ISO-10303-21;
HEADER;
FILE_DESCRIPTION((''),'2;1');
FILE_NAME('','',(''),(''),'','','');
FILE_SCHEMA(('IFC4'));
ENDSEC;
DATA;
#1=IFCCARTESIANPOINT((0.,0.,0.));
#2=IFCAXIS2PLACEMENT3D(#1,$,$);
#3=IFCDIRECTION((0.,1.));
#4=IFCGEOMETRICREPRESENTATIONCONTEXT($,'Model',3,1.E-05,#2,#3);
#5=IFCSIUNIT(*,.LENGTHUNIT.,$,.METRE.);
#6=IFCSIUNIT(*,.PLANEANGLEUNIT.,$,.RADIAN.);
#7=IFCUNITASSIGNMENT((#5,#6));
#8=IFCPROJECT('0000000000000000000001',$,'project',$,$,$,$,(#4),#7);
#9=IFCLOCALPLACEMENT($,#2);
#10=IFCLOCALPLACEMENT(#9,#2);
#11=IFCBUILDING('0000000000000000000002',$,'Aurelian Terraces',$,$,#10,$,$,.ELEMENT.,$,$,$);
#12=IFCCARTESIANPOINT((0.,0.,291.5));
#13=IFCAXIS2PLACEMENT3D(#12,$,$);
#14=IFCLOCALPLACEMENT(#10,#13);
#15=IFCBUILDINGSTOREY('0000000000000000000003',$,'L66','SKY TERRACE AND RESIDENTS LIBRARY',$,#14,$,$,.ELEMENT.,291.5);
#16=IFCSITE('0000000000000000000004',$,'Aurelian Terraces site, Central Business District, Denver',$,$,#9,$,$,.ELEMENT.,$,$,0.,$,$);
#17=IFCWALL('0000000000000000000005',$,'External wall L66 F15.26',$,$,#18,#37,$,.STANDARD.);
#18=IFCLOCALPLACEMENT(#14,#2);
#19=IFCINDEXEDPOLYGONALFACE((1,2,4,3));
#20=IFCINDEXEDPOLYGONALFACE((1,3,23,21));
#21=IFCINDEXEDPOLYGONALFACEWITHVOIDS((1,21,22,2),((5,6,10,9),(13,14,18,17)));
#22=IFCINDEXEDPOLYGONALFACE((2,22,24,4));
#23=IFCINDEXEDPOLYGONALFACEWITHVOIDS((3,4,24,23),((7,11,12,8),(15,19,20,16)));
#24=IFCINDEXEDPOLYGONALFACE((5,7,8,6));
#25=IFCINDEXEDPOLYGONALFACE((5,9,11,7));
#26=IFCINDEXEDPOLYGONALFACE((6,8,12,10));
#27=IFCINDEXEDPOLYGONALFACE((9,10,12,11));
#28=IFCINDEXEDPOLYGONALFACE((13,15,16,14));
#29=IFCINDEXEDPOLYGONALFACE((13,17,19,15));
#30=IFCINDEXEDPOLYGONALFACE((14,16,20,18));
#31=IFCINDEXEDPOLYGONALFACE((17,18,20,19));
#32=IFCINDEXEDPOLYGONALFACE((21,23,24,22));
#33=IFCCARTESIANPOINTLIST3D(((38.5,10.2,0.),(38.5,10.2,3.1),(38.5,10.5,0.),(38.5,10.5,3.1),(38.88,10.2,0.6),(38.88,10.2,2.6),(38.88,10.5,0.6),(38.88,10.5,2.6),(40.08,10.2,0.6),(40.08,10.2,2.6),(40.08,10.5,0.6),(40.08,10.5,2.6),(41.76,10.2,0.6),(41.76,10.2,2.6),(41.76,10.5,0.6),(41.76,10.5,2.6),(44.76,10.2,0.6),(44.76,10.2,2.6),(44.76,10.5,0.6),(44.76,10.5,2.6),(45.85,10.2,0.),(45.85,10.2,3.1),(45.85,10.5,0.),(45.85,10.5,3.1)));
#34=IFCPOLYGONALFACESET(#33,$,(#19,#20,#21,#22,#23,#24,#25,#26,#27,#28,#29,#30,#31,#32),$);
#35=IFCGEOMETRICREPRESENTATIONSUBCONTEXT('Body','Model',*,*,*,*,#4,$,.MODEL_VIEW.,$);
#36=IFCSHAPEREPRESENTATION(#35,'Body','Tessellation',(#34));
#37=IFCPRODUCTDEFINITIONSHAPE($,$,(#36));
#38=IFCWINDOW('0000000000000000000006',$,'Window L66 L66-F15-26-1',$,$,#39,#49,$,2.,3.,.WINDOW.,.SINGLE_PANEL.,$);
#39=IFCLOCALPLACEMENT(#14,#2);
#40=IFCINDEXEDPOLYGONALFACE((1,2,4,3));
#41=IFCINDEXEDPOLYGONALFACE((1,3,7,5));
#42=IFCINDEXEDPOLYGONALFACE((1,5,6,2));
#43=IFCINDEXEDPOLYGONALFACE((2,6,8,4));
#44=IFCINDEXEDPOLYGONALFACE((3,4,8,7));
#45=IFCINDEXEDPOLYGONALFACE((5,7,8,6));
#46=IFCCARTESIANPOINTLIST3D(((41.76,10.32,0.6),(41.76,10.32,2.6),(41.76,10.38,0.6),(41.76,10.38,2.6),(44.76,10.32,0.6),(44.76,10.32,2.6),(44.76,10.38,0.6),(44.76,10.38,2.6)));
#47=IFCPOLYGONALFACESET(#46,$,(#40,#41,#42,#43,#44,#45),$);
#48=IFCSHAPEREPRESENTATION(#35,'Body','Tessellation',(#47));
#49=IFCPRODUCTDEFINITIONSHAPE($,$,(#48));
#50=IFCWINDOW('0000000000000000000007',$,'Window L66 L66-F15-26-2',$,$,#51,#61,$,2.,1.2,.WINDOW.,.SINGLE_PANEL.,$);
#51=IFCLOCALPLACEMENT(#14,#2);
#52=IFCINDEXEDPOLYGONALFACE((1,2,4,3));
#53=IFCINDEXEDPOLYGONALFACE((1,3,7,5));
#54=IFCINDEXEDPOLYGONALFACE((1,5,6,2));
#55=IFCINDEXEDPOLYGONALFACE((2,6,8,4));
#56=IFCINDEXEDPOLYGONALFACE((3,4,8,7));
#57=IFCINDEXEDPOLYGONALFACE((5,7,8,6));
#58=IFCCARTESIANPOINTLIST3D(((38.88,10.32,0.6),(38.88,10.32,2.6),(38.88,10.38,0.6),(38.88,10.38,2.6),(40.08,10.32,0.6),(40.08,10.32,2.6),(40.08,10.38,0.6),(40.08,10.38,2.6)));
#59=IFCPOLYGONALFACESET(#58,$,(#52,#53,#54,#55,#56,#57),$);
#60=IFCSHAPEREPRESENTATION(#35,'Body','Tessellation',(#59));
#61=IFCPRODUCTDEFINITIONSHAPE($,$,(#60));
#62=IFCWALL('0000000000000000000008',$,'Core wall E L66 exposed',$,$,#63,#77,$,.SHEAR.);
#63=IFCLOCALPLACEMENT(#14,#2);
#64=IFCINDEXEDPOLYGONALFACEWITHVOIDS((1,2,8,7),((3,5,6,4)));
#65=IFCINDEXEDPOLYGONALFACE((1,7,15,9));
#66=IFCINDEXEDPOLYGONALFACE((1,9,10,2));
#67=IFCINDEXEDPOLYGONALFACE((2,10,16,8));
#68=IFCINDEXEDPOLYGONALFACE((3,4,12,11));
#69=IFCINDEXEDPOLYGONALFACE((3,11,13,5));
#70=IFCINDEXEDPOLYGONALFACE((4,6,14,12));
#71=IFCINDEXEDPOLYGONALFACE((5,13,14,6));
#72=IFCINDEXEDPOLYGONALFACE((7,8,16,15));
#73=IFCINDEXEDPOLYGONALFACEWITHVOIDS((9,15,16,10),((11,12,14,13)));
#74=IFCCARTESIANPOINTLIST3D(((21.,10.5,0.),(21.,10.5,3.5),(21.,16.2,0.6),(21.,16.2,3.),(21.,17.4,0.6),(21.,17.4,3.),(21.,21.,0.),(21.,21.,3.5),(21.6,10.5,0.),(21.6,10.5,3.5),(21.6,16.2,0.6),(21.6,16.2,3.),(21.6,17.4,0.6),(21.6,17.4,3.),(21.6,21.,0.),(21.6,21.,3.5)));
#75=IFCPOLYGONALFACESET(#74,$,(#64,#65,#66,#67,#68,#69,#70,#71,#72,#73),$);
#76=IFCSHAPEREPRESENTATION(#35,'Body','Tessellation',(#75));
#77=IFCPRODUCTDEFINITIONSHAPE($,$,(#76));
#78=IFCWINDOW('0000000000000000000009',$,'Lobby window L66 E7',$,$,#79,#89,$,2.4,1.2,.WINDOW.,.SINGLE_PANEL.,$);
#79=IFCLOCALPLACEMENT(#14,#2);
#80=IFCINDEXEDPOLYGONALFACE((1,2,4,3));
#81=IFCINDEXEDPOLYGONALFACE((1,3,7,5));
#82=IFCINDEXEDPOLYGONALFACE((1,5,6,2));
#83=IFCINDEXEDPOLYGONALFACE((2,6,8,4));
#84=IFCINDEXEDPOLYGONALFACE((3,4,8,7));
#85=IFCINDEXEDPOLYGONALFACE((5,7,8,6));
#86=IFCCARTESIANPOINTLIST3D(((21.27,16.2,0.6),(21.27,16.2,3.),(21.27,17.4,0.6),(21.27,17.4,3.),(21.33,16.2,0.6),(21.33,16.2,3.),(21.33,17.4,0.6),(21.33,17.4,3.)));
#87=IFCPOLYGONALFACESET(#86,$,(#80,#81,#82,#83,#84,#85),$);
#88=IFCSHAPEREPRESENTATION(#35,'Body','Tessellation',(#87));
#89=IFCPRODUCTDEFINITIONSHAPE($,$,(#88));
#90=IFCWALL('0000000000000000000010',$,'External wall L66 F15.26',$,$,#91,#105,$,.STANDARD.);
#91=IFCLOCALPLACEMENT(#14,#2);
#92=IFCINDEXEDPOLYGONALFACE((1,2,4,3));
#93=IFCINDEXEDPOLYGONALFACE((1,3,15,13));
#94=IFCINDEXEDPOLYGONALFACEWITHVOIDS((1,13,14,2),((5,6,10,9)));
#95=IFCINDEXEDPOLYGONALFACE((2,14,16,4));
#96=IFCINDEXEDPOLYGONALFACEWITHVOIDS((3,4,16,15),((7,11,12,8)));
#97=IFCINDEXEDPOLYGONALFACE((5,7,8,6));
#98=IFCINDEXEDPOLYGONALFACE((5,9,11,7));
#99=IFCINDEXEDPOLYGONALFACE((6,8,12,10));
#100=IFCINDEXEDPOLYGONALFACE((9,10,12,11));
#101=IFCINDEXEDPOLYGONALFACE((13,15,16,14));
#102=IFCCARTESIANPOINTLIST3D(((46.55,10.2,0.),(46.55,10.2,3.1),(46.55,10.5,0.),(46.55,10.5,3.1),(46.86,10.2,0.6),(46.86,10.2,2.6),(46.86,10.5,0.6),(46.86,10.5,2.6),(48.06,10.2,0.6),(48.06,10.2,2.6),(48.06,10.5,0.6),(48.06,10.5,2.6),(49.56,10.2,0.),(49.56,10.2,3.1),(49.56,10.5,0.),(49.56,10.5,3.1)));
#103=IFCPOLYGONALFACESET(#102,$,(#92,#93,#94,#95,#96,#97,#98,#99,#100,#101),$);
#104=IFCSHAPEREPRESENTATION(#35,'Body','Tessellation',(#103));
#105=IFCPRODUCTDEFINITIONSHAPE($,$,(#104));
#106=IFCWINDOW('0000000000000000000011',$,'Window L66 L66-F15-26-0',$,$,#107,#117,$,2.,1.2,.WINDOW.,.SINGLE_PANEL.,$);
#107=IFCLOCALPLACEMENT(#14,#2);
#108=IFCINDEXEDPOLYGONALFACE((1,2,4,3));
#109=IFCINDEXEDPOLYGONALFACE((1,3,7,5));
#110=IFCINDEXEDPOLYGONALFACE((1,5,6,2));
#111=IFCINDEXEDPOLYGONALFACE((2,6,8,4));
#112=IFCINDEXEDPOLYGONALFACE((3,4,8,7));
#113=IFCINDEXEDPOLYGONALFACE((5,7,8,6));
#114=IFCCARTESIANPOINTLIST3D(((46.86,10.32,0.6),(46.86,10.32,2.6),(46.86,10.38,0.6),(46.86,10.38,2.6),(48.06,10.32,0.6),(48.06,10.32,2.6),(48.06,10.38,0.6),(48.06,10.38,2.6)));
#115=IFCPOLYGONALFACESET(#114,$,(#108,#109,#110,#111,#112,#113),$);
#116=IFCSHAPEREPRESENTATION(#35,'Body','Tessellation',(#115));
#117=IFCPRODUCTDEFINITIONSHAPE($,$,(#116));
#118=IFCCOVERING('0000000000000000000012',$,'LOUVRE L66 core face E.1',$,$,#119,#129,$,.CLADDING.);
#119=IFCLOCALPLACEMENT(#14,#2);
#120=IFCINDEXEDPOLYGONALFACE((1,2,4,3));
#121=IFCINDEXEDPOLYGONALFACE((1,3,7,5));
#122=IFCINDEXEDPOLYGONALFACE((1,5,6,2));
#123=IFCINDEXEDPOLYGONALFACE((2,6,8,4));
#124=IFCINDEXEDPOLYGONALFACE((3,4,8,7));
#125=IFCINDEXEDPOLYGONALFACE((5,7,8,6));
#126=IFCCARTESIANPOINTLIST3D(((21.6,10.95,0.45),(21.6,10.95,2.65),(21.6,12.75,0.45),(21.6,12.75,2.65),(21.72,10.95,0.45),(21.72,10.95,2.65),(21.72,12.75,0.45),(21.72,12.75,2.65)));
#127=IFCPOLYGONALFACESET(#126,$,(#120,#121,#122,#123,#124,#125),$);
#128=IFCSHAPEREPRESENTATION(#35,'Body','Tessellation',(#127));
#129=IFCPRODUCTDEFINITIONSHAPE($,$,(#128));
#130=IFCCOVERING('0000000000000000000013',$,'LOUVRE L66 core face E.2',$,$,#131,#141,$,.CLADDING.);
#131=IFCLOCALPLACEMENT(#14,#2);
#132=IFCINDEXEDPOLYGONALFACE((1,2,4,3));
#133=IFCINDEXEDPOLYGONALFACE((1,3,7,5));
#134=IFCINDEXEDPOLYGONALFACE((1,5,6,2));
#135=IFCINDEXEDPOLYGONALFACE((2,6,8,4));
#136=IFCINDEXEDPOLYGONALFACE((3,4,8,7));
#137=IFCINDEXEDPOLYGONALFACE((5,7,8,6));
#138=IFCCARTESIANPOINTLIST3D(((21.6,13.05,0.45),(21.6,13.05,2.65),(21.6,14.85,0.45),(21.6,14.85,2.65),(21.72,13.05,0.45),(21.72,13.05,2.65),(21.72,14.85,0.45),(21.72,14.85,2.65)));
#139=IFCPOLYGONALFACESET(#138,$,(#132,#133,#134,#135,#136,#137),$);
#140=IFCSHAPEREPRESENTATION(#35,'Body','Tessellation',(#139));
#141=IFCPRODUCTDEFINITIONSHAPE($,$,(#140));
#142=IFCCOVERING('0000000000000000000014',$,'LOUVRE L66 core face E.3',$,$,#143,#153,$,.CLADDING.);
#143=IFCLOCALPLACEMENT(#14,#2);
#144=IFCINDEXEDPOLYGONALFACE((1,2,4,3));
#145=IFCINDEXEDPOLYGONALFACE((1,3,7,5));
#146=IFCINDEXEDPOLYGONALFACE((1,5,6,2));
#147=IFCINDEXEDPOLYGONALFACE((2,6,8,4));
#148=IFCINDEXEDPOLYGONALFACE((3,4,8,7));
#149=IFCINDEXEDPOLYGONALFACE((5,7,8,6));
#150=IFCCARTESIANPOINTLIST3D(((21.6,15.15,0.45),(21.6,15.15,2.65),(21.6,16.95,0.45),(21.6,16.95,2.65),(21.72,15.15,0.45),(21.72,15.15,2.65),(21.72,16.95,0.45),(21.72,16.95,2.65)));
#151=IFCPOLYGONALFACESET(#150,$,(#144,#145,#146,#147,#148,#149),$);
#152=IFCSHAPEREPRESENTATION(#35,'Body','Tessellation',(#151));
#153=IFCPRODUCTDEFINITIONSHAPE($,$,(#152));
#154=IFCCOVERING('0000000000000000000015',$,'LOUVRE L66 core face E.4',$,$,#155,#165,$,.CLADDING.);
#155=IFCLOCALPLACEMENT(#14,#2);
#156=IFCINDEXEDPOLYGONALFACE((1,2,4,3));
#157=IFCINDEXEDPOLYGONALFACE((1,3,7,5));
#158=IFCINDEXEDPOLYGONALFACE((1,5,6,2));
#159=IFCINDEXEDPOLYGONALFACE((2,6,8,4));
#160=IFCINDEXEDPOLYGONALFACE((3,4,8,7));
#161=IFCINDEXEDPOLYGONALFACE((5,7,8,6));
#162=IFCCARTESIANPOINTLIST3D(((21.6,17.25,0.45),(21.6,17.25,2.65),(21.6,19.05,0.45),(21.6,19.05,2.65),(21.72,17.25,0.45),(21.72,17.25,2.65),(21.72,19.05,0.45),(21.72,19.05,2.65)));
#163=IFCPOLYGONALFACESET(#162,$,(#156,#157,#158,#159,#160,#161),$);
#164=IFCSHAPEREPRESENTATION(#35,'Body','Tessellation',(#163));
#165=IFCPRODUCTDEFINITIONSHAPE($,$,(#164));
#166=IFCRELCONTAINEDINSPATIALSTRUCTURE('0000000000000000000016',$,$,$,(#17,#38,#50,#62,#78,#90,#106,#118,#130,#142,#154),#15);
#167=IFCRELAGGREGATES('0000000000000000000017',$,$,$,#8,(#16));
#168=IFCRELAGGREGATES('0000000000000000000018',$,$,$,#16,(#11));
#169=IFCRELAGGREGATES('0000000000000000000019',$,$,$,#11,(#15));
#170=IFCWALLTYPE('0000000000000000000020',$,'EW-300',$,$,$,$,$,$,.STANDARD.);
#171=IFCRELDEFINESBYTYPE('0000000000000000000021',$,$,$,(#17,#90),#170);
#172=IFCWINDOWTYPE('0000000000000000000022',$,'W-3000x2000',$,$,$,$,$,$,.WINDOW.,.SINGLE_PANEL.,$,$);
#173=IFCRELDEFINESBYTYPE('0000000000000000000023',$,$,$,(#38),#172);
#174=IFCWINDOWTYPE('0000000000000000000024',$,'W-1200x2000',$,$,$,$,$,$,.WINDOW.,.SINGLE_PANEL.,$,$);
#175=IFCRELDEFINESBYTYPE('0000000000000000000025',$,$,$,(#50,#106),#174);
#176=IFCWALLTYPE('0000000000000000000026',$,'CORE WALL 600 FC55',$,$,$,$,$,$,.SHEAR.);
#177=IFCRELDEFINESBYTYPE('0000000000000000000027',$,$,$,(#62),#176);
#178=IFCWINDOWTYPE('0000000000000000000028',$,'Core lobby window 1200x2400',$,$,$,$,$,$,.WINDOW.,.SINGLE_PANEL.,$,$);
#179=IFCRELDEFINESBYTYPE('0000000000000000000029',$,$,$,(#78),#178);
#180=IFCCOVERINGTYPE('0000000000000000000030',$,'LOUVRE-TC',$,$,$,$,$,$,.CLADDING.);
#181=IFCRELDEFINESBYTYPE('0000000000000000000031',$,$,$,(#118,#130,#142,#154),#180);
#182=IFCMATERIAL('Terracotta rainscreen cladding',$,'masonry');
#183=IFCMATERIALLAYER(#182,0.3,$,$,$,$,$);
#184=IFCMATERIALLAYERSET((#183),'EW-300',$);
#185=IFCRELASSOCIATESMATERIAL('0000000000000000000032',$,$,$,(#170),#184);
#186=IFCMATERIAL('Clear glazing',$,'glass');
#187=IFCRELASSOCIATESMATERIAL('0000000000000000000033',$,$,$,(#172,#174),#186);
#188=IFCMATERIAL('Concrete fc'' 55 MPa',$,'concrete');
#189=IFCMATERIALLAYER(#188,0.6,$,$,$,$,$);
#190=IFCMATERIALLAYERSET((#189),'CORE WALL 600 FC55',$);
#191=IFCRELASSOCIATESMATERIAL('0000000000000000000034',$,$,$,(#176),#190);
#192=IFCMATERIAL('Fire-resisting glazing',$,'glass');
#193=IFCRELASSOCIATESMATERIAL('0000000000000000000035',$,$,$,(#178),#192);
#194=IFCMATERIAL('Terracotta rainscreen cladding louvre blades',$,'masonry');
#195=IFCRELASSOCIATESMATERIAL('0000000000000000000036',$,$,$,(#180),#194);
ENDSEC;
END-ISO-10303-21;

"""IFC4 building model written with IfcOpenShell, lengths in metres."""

from ifc_helpers import new_model, si_unit, direction, frame, frame_2d, origin, origin_2d, place, context, subcontext, project, spatial, rectangle, extrude, source, transform, mapped, material, layer, layer_set, type_object, element, fill, save


model = new_model("IFC4")

# Units and contexts
model_context = context("Model", 3, precision=1e-05, world=origin(), true_north=direction((0.0, 1.0)))
body_context = subcontext(model_context, "Body", "Model", "MODEL_VIEW")
ifc_project = project(units=[si_unit("LENGTHUNIT", "METRE"), si_unit("PLANEANGLEUNIT", "RADIAN")], contexts=[model_context])

# Site, building, storey
site_placement = place(None, origin())
site = spatial("IfcSite", under=ifc_project, at=site_placement, Name="Aurelian Terraces site, Central Business District, Denver", CompositionType="ELEMENT", RefElevation=0.0)
building_placement = place(site_placement, origin())
building = spatial("IfcBuilding", under=site, at=building_placement, Name="Aurelian Terraces", CompositionType="ELEMENT")
storey_placement = place(building_placement, frame((0.0, 0.0, 291.5)))
storey = spatial("IfcBuildingStorey", under=building, at=storey_placement, Name="L66", Description="SKY TERRACE AND RESIDENTS LIBRARY", CompositionType="ELEMENT", Elevation=291.5)

# Wall, openings, windows
ifc_material_1 = material(Name="Terracotta rainscreen cladding", Category="masonry")
ifc_layer_1 = layer(ifc_material_1, 0.3)
ifc_layer_set_1 = layer_set([ifc_layer_1], Name="EW-300")
wall_type_1 = type_object("IfcWallType", Name="EW-300", PredefinedType="STANDARD", material=ifc_layer_set_1)
wall_1_placement = place(storey_placement, frame((45.85, 10.35, 0.0), z_axis=(0.0, 0.0, 1.0), x_axis=(-1.0, 0.0, 0.0)))
wall_1 = element("IfcWall", 1, at=wall_1_placement, inside=storey, type_object=wall_type_1, Name="External wall L66 F15.26", PredefinedType="STANDARD", context=body_context, shape_type="SweptSolid", body=[
    extrude(rectangle(XDim=7.35, YDim=0.3, at=frame_2d((3.675, 0.0))), origin(), (0.0, 0.0, 1.0), 3.1),
])
shared_shape_1 = source(origin(), body_context, "Body", "SweptSolid", [
    extrude(rectangle(XDim=3.0, YDim=2.0, at=frame_2d((1.5, 1.0))), frame((0.0, 0.16, 0.0), z_axis=(0.0, -1.0, 0.0), x_axis=(1.0, 0.0, 0.0)), (0.0, 0.0, 1.0), 0.32),
])
opening_1_placement = place(wall_1_placement, frame((1.09, 0.0, 0.6)))
opening_1 = element("IfcOpeningElement", 2, at=opening_1_placement, cuts=wall_1, PredefinedType="OPENING", context=body_context, shape_type="MappedRepresentation", body=[
    mapped(shared_shape_1, transform((0.0, 0.0, 0.0), scale=1.0)),
])
shared_shape_2 = source(origin(), body_context, "Body", "SweptSolid", [
    extrude(rectangle(XDim=1.2, YDim=2.0, at=frame_2d((0.6, 1.0))), frame((0.0, 0.16, 0.0), z_axis=(0.0, -1.0, 0.0), x_axis=(1.0, 0.0, 0.0)), (0.0, 0.0, 1.0), 0.32),
])
opening_2_placement = place(wall_1_placement, frame((5.77, 0.0, 0.6)))
opening_2 = element("IfcOpeningElement", 3, at=opening_2_placement, cuts=wall_1, PredefinedType="OPENING", context=body_context, shape_type="MappedRepresentation", body=[
    mapped(shared_shape_2, transform((0.0, 0.0, 0.0), scale=1.0)),
])
ifc_material_2 = material(Name="Clear glazing", Category="glass")
window_type_1 = type_object("IfcWindowType", Name="W-3000x2000", PartitioningType="SINGLE_PANEL", PredefinedType="WINDOW", material=ifc_material_2)
shared_shape_3 = source(origin(), body_context, "Body", "SweptSolid", [
    extrude(rectangle(XDim=3.0, YDim=2.0, at=frame_2d((1.5, 1.0))), frame((0.0, 0.03, 0.0), z_axis=(0.0, -1.0, 0.0), x_axis=(1.0, 0.0, 0.0)), (0.0, 0.0, 1.0), 0.06),
])
window_1_placement = place(opening_1_placement, origin())
window_1 = element("IfcWindow", 4, at=window_1_placement, inside=storey, type_object=window_type_1, Name="Window L66 L66-F15-26-1", OverallHeight=2.0, OverallWidth=3.0, PartitioningType="SINGLE_PANEL", PredefinedType="WINDOW", context=body_context, shape_type="MappedRepresentation", body=[
    mapped(shared_shape_3, transform((0.0, 0.0, 0.0), scale=1.0)),
])
fill(opening_1, window_1)
window_type_2 = type_object("IfcWindowType", Name="W-1200x2000", PartitioningType="SINGLE_PANEL", PredefinedType="WINDOW", material=ifc_material_2)
shared_shape_4 = source(origin(), body_context, "Body", "SweptSolid", [
    extrude(rectangle(XDim=1.2, YDim=2.0, at=frame_2d((0.6, 1.0))), frame((0.0, 0.03, 0.0), z_axis=(0.0, -1.0, 0.0), x_axis=(1.0, 0.0, 0.0)), (0.0, 0.0, 1.0), 0.06),
])
window_2_placement = place(opening_2_placement, origin())
window_2 = element("IfcWindow", 5, at=window_2_placement, inside=storey, type_object=window_type_2, Name="Window L66 L66-F15-26-2", OverallHeight=2.0, OverallWidth=1.2, PartitioningType="SINGLE_PANEL", PredefinedType="WINDOW", context=body_context, shape_type="MappedRepresentation", body=[
    mapped(shared_shape_4, transform((0.0, 0.0, 0.0), scale=1.0)),
])
fill(opening_2, window_2)

# Walls, openings, windows
ifc_material_3 = material(Name="Concrete fc' 55 MPa", Category="concrete")
ifc_layer_2 = layer(ifc_material_3, 0.6)
ifc_layer_set_2 = layer_set([ifc_layer_2], Name="CORE WALL 600 FC55")
wall_type_2 = type_object("IfcWallType", Name="CORE WALL 600 FC55", PredefinedType="SHEAR", material=ifc_layer_set_2)
shared_shape_5 = source(origin(), body_context, "Body", "SweptSolid", [
    extrude(rectangle(XDim=10.5, YDim=0.6, at=frame_2d((5.25, 0.0))), origin(), (0.0, 0.0, 1.0), 3.5),
])
wall_2_placement = place(storey_placement, frame((21.3, 10.5, 0.0), z_axis=(0.0, 0.0, 1.0), x_axis=(0.0, 1.0, 0.0)))
wall_2 = element("IfcWall", 6, at=wall_2_placement, inside=storey, type_object=wall_type_2, Name="Core wall E L66 exposed", PredefinedType="SHEAR", context=body_context, shape_type="MappedRepresentation", body=[
    mapped(shared_shape_5, transform((0.0, 0.0, 0.0), scale=1.0)),
])
shared_shape_6 = source(origin(), body_context, "Body", "SweptSolid", [
    extrude(rectangle(XDim=1.2, YDim=2.4, at=frame_2d((0.6, 1.2))), frame((0.0, 0.31, 0.0), z_axis=(0.0, -1.0, 0.0), x_axis=(1.0, 0.0, 0.0)), (0.0, 0.0, 1.0), 0.62),
])
opening_3_placement = place(wall_2_placement, frame((5.7, 0.0, 0.6)))
opening_3 = element("IfcOpeningElement", 7, at=opening_3_placement, cuts=wall_2, PredefinedType="OPENING", context=body_context, shape_type="MappedRepresentation", body=[
    mapped(shared_shape_6, transform((0.0, 0.0, 0.0), scale=1.0)),
])
ifc_material_4 = material(Name="Fire-resisting glazing", Category="glass")
window_type_3 = type_object("IfcWindowType", Name="Core lobby window 1200x2400", PartitioningType="SINGLE_PANEL", PredefinedType="WINDOW", material=ifc_material_4)
shared_shape_7 = source(origin(), body_context, "Body", "SweptSolid", [
    extrude(rectangle(XDim=1.2, YDim=2.4, at=frame_2d((0.6, 1.2))), frame((0.0, 0.03, 0.0), z_axis=(0.0, -1.0, 0.0), x_axis=(1.0, 0.0, 0.0)), (0.0, 0.0, 1.0), 0.06),
])
window_3_placement = place(opening_3_placement, origin())
window_3 = element("IfcWindow", 8, at=window_3_placement, inside=storey, type_object=window_type_3, Name="Lobby window L66 E7", OverallHeight=2.4, OverallWidth=1.2, PartitioningType="SINGLE_PANEL", PredefinedType="WINDOW", context=body_context, shape_type="MappedRepresentation", body=[
    mapped(shared_shape_7, transform((0.0, 0.0, 0.0), scale=1.0)),
])
fill(opening_3, window_3)
shared_shape_8 = source(origin(), body_context, "Body", "SweptSolid", [
    extrude(rectangle(XDim=3.01, YDim=0.3, at=frame_2d((1.505, 0.0))), origin(), (0.0, 0.0, 1.0), 3.1),
])
wall_3_placement = place(storey_placement, frame((49.56, 10.35, 0.0), z_axis=(0.0, 0.0, 1.0), x_axis=(-1.0, 0.0, 0.0)))
wall_3 = element("IfcWall", 9, at=wall_3_placement, inside=storey, type_object=wall_type_1, Name="External wall L66 F15.26", PredefinedType="STANDARD", context=body_context, shape_type="MappedRepresentation", body=[
    mapped(shared_shape_8, transform((0.0, 0.0, 0.0), scale=1.0)),
])
opening_4_placement = place(wall_3_placement, frame((1.5, 0.0, 0.6)))
opening_4 = element("IfcOpeningElement", 10, at=opening_4_placement, cuts=wall_3, PredefinedType="OPENING", context=body_context, shape_type="MappedRepresentation", body=[
    mapped(shared_shape_2, transform((0.0, 0.0, 0.0), scale=1.0)),
])
window_4_placement = place(opening_4_placement, origin())
window_4 = element("IfcWindow", 11, at=window_4_placement, inside=storey, type_object=window_type_2, Name="Window L66 L66-F15-26-0", OverallHeight=2.0, OverallWidth=1.2, PartitioningType="SINGLE_PANEL", PredefinedType="WINDOW", context=body_context, shape_type="MappedRepresentation", body=[
    mapped(shared_shape_4, transform((0.0, 0.0, 0.0), scale=1.0)),
])
fill(opening_4, window_4)

# Coverings
ifc_material_5 = material(Name="Terracotta rainscreen cladding louvre blades", Category="masonry")
covering_type_1 = type_object("IfcCoveringType", Name="LOUVRE-TC", PredefinedType="CLADDING", material=ifc_material_5)
shared_shape_9 = source(origin(), body_context, "Body", "SweptSolid", [
    extrude(rectangle(XDim=0.12, YDim=1.8, at=origin_2d()), origin(), (0.0, 0.0, 1.0), 2.2),
])
for number, where, z_axis, x_axis, name in (
    (12, (21.66, 11.85, 0.45), (0.0, 0.0, 1.0), (1.0, 0.0, 0.0), "LOUVRE L66 core face E.1"),
    (13, (21.66, 13.95, 0.45), (0.0, 0.0, 1.0), (1.0, 0.0, 0.0), "LOUVRE L66 core face E.2"),
    (14, (21.66, 16.05, 0.45), (0.0, 0.0, 1.0), (1.0, 0.0, 0.0), "LOUVRE L66 core face E.3"),
    (15, (21.66, 18.15, 0.45), (0.0, 0.0, 1.0), (1.0, 0.0, 0.0), "LOUVRE L66 core face E.4"),
):
    element("IfcCovering", number, at=place(storey_placement, frame(where, z_axis=z_axis, x_axis=x_axis)), inside=storey, type_object=covering_type_1, Name=name, PredefinedType="CLADDING", context=body_context, shape_type="MappedRepresentation", body=[
        mapped(shared_shape_9, transform((0.0, 0.0, 0.0), scale=1.0)),
    ])

save(model, "model.ifc")
